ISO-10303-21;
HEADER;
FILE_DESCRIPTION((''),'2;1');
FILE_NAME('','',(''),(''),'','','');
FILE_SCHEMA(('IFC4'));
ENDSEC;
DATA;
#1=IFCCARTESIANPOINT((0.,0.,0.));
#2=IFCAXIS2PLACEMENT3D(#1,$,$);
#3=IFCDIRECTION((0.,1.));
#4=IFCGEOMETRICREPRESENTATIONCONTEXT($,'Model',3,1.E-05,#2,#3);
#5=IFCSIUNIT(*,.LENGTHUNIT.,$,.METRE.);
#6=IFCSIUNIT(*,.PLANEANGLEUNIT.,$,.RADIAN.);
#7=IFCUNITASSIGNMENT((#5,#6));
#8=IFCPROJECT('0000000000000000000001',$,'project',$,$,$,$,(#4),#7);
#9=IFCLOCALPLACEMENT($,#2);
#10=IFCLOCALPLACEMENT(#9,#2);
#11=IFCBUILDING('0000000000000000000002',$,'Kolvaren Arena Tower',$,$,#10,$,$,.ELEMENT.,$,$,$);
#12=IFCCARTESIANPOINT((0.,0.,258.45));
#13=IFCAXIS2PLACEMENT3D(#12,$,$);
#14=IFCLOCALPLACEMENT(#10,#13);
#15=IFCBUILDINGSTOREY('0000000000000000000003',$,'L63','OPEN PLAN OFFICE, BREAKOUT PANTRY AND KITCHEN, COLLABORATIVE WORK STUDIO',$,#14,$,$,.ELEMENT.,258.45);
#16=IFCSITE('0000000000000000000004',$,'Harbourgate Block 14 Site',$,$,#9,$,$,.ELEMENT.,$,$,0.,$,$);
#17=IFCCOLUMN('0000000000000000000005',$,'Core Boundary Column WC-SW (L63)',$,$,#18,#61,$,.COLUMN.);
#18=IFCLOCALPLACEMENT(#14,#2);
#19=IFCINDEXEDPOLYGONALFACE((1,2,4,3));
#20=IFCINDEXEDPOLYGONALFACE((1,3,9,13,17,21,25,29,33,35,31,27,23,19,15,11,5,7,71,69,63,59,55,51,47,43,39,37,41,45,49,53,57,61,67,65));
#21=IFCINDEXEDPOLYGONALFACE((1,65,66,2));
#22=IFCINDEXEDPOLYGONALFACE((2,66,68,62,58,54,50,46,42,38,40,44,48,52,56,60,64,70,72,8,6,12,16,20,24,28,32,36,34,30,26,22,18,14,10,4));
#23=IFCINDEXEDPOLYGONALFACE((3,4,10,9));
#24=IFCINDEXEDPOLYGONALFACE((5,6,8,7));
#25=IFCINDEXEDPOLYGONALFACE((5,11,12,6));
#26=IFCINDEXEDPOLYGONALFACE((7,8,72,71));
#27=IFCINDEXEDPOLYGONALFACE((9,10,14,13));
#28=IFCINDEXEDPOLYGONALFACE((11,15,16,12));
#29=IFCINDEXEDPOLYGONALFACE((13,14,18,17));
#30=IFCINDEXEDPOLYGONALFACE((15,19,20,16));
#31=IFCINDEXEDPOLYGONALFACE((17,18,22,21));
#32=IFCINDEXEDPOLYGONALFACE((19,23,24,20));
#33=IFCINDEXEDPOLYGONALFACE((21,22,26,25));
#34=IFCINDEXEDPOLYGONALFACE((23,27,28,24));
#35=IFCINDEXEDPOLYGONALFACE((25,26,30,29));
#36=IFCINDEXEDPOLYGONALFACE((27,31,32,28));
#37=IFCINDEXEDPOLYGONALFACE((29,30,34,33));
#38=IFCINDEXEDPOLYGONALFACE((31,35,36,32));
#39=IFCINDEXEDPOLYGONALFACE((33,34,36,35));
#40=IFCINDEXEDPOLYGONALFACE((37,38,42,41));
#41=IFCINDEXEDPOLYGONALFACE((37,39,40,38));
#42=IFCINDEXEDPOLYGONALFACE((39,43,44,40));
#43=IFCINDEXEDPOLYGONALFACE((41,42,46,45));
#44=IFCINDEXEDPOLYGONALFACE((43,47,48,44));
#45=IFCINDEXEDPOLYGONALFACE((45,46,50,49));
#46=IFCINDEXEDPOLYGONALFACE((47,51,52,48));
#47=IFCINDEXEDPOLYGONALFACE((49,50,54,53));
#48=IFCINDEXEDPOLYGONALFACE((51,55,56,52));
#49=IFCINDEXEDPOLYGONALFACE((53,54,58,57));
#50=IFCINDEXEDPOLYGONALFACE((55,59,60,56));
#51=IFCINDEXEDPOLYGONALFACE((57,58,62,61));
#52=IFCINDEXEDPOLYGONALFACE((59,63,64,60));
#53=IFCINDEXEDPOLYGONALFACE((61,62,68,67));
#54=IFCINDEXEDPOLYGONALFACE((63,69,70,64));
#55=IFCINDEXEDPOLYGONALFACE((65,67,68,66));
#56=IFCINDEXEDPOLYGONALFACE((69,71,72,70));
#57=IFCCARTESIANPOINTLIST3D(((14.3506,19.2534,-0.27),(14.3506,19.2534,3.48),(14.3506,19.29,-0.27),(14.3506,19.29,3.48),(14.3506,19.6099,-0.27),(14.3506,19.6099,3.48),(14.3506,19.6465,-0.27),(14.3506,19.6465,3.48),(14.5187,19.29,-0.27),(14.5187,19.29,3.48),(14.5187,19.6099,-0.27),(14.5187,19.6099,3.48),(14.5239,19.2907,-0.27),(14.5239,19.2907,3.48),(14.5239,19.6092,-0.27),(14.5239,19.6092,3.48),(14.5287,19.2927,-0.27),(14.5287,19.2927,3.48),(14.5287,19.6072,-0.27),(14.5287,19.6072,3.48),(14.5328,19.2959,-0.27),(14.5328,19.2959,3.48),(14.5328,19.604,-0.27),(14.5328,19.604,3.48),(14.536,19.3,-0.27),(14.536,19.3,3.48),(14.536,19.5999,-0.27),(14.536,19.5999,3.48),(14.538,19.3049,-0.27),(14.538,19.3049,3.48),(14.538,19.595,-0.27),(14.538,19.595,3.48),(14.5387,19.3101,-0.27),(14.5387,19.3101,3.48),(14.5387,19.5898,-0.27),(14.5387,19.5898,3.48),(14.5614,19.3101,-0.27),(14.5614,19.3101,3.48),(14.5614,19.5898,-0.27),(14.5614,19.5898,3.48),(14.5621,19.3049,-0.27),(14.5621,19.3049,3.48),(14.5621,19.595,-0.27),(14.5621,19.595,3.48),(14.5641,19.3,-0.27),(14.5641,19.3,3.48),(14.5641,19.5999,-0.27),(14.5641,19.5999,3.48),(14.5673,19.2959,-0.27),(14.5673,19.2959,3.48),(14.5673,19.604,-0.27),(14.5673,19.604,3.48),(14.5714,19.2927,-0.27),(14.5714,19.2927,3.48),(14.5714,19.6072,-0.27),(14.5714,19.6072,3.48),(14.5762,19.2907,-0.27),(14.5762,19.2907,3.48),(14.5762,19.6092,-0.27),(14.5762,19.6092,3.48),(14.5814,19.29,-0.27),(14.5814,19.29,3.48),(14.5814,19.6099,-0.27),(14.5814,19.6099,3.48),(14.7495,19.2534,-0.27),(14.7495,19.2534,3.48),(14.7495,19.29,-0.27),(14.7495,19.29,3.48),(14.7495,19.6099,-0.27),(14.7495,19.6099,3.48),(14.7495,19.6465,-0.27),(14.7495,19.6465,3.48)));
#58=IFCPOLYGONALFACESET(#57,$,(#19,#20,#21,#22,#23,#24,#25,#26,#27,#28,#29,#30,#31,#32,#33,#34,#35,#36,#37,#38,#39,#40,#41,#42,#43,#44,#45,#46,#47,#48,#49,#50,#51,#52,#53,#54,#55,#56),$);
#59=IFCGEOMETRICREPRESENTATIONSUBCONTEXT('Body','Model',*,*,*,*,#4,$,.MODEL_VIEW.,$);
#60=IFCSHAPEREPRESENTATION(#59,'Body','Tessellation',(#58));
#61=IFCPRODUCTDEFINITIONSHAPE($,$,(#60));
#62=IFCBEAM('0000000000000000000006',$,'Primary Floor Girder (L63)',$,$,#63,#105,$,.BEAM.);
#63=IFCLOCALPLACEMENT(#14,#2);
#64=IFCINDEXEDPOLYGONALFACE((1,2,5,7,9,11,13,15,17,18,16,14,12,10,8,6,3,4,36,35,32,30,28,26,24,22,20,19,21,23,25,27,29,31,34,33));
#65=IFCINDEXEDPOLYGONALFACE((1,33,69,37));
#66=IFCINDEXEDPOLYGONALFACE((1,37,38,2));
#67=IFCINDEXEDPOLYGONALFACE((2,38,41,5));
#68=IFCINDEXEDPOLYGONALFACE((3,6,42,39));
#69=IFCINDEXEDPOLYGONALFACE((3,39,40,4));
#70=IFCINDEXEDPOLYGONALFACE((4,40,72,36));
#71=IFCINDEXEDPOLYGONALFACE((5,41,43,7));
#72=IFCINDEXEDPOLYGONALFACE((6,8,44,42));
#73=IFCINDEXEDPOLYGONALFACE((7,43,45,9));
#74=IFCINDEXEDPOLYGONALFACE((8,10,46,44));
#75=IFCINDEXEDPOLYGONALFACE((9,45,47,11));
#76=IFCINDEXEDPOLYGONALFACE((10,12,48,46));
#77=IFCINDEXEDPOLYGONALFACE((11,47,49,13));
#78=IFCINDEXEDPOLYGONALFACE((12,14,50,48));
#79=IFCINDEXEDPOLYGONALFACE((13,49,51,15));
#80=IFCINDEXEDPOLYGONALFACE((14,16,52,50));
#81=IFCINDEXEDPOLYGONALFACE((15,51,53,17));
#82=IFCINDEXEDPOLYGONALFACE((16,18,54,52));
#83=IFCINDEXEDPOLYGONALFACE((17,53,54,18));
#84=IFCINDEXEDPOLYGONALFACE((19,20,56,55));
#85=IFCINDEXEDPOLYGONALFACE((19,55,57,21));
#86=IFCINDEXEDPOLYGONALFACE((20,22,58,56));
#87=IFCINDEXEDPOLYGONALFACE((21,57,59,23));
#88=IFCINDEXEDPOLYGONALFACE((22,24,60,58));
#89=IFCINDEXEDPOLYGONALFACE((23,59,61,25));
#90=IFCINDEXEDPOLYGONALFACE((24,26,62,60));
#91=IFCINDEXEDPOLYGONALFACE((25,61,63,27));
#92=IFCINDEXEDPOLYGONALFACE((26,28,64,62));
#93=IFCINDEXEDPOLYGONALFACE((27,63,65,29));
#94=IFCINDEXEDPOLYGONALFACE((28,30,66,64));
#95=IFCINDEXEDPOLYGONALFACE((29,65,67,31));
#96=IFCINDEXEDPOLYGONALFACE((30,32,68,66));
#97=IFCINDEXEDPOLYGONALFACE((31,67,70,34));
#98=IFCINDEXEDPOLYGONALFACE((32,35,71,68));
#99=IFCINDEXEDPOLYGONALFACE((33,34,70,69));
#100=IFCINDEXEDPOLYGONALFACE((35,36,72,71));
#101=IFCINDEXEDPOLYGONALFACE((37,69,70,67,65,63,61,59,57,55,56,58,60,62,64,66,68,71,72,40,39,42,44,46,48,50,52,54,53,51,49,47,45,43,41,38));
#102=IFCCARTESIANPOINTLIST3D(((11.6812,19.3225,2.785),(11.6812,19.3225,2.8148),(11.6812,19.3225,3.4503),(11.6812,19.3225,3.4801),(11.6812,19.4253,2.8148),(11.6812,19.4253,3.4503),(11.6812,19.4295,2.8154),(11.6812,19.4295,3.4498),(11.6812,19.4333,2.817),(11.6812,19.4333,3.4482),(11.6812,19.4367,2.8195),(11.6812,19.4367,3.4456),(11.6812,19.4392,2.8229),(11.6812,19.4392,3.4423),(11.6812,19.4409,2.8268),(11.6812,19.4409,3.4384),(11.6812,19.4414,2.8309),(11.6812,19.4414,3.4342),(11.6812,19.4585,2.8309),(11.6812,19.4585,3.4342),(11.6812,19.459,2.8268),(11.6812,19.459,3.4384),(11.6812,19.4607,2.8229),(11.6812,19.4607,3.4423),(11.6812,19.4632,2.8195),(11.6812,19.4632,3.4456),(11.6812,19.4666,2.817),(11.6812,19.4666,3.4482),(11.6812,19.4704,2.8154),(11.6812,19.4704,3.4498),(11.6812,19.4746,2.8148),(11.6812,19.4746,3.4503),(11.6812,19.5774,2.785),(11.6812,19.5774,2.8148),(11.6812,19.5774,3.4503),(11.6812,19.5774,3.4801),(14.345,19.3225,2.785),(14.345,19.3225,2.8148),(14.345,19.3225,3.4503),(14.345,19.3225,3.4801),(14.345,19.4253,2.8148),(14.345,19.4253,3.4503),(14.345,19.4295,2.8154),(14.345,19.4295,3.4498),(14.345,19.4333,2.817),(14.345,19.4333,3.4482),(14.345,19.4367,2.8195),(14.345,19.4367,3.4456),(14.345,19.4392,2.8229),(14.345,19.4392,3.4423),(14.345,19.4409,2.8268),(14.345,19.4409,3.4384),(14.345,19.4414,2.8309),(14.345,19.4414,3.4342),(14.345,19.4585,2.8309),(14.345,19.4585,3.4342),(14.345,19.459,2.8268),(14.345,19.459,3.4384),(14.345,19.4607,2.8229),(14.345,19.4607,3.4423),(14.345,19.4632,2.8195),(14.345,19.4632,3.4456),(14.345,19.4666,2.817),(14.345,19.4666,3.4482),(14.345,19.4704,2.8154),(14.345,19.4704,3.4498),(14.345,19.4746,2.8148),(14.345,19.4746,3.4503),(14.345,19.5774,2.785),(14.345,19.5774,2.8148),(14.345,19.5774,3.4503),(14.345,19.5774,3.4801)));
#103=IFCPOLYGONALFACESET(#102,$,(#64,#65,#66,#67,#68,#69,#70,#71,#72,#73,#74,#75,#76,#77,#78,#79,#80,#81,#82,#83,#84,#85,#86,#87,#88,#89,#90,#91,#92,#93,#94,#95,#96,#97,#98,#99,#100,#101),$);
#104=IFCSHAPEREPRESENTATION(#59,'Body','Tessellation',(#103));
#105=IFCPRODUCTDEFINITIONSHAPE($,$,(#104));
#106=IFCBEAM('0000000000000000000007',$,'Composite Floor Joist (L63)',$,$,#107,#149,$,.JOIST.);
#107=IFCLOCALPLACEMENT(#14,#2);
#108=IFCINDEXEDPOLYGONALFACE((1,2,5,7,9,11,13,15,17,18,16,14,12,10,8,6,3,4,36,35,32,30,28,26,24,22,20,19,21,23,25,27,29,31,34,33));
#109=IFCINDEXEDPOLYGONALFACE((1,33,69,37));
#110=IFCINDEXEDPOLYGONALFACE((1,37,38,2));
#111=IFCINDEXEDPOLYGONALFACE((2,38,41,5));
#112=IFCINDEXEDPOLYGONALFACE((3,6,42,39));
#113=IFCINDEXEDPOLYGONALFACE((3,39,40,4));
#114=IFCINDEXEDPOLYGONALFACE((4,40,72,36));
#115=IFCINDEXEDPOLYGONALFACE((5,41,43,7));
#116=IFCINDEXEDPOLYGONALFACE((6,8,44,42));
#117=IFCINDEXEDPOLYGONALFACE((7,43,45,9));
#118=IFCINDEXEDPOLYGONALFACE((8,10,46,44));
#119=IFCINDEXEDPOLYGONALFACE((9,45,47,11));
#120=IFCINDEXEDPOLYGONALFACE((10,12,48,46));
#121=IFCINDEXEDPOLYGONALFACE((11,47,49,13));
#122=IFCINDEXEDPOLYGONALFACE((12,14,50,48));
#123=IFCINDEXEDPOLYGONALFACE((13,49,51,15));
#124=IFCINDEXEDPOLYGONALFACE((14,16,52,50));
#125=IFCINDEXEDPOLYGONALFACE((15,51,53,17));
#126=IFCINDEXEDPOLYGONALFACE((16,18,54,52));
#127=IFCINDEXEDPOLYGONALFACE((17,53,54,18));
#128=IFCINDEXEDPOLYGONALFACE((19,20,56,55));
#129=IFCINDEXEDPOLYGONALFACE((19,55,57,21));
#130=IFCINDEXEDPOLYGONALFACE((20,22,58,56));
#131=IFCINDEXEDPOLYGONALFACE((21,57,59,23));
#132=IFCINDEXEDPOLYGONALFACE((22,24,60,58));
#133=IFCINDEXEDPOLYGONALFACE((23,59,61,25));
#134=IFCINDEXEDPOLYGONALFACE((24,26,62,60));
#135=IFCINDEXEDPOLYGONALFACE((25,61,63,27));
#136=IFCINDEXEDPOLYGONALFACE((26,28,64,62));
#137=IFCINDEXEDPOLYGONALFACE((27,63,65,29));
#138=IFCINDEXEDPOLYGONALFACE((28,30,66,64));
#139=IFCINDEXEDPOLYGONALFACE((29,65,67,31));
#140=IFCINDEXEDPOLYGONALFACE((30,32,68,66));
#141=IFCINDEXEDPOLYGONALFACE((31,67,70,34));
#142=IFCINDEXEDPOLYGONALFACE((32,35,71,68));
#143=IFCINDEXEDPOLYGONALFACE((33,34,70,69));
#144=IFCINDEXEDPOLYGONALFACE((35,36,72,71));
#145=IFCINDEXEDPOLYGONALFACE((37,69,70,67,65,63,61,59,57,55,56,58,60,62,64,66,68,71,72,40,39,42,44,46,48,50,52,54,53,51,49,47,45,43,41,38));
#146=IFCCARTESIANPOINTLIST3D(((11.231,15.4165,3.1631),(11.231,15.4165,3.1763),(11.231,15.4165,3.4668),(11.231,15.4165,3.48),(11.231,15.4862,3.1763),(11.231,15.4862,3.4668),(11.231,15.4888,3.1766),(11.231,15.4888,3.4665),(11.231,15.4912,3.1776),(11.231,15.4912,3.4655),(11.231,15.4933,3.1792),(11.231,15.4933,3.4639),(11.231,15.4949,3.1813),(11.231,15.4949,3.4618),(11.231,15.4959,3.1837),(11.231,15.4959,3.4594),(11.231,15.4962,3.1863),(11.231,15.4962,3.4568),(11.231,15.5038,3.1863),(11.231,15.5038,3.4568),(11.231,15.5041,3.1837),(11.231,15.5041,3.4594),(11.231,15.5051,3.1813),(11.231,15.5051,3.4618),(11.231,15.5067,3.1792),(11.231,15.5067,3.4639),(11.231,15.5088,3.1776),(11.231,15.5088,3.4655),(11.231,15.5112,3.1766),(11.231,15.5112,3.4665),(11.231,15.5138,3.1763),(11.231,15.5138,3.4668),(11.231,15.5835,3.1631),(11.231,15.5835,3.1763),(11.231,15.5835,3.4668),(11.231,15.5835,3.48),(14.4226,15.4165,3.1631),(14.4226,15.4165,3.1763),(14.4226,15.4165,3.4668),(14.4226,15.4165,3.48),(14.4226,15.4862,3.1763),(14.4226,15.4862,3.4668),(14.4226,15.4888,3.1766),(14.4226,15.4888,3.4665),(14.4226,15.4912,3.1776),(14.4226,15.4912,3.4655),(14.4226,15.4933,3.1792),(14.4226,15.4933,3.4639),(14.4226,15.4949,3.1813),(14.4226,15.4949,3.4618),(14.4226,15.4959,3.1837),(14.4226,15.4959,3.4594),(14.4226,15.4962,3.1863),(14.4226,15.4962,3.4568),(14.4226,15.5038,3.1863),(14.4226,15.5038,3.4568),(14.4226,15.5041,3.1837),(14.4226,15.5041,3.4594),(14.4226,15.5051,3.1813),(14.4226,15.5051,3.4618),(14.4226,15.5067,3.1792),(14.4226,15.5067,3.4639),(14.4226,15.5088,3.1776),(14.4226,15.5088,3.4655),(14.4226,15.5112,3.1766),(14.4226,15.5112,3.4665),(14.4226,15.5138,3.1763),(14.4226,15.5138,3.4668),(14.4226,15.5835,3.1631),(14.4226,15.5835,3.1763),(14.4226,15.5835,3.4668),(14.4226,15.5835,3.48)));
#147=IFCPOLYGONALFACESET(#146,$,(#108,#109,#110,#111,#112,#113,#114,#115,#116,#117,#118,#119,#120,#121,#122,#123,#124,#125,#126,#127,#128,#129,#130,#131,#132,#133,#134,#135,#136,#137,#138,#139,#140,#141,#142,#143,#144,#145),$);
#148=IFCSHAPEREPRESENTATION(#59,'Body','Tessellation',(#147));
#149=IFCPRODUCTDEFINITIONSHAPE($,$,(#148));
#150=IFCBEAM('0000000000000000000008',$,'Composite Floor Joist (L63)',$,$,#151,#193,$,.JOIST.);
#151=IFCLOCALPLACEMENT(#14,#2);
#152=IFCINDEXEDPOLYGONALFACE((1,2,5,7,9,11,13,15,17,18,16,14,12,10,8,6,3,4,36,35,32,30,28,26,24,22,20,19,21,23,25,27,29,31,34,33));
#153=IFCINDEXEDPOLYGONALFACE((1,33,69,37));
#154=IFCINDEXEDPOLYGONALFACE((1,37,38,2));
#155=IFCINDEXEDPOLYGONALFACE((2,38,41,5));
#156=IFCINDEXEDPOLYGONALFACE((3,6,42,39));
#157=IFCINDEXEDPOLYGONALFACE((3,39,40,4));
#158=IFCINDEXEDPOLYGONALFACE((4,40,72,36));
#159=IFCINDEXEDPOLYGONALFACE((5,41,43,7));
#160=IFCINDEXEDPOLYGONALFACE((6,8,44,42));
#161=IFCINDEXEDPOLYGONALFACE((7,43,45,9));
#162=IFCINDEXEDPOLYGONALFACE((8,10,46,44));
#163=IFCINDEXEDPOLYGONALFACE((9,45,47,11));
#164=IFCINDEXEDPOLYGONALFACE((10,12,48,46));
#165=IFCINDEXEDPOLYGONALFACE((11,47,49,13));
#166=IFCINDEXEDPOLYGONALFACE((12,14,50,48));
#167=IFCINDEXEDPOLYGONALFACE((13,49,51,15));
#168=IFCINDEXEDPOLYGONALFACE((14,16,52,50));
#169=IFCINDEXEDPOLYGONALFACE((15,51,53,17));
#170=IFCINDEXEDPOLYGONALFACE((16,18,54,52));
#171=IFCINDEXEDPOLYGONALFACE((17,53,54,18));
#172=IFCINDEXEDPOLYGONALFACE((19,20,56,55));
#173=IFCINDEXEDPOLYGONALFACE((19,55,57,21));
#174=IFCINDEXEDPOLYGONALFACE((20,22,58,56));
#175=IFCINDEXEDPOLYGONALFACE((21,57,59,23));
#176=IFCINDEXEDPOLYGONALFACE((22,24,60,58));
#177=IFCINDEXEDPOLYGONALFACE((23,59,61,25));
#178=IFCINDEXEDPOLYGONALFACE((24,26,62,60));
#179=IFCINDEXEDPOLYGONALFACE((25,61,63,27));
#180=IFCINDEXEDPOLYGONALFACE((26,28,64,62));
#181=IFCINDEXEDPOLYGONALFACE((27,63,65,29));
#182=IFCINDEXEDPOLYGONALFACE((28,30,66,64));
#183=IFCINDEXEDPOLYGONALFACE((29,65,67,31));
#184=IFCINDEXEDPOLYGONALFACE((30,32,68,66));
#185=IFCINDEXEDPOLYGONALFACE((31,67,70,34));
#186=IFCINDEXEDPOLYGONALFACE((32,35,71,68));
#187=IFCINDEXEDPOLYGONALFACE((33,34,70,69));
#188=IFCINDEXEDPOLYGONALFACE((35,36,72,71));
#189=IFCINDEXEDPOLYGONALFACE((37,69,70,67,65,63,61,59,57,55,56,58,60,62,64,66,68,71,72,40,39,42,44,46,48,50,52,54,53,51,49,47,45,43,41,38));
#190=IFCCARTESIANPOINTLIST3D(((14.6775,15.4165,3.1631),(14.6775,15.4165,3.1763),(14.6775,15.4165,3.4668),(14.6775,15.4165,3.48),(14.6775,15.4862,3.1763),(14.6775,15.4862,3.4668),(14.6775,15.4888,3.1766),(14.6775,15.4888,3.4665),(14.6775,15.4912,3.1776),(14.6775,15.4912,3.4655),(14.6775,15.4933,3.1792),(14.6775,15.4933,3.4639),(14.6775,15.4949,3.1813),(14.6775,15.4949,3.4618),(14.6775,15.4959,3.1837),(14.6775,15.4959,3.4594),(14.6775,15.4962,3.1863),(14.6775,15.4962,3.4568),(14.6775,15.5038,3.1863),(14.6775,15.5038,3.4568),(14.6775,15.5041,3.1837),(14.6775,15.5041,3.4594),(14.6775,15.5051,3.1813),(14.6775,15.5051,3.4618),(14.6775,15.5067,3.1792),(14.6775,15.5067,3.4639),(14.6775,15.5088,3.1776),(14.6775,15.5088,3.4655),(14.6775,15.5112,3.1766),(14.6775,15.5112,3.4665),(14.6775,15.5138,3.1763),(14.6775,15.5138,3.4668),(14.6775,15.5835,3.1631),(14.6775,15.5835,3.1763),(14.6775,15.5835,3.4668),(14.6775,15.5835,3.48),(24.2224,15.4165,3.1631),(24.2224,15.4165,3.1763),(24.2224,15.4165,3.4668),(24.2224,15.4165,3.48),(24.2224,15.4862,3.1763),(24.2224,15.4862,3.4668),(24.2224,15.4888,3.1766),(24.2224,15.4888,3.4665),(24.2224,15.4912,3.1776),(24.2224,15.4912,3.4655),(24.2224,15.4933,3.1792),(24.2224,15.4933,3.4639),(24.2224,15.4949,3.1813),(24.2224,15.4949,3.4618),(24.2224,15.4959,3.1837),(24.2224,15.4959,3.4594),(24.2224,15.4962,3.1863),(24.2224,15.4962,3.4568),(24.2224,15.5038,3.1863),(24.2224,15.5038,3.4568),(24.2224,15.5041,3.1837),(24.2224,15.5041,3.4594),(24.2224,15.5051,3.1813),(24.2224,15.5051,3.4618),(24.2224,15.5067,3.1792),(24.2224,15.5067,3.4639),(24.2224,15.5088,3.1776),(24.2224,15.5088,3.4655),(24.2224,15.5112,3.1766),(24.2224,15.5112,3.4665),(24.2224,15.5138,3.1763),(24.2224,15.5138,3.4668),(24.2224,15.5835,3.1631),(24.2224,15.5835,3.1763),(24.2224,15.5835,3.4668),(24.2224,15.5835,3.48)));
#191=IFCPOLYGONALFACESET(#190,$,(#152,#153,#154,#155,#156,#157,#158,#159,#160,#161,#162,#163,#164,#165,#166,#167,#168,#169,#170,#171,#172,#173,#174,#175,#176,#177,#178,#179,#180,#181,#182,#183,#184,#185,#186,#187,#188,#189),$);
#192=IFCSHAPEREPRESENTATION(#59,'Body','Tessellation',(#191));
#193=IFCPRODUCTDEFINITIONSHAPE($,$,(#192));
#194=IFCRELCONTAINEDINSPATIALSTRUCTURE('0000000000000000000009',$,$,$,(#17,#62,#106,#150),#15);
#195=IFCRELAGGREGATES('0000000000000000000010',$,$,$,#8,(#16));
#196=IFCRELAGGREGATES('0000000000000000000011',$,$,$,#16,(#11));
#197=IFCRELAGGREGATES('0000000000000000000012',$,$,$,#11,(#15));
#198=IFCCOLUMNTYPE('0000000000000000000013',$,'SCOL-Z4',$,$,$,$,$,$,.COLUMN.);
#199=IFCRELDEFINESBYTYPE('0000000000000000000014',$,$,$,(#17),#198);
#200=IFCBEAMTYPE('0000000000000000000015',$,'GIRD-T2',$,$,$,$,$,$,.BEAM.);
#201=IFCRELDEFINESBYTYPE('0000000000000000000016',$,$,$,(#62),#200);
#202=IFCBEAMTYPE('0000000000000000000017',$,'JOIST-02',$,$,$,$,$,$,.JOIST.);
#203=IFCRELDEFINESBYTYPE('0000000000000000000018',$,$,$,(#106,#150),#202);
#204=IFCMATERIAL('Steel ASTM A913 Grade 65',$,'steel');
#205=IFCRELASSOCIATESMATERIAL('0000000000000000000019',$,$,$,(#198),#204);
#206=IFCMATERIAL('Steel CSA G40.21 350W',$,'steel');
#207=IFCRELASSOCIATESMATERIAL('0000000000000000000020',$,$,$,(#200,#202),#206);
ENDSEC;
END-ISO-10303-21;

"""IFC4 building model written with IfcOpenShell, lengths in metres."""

from ifc_helpers import new_model, si_unit, direction, frame, origin, origin_2d, place, context, subcontext, project, spatial, i_section, extrude, material, material_profile, profile_set, type_object, element, save


model = new_model("IFC4")

# Units and contexts
model_context = context("Model", 3, precision=1e-05, world=origin(), true_north=direction((0.0, 1.0)))
body_context = subcontext(model_context, "Body", "Model", "MODEL_VIEW")
ifc_project = project(units=[si_unit("LENGTHUNIT", "METRE"), si_unit("PLANEANGLEUNIT", "RADIAN")], contexts=[model_context])

# Site, building, storey
site_placement = place(None, origin())
site = spatial("IfcSite", under=ifc_project, at=site_placement, Name="Harbourgate Block 14 Site", CompositionType="ELEMENT", RefElevation=0.0)
building_placement = place(site_placement, origin())
building = spatial("IfcBuilding", under=site, at=building_placement, Name="Kolvaren Arena Tower", CompositionType="ELEMENT")
storey_placement = place(building_placement, frame((0.0, 0.0, 258.45)))
storey = spatial("IfcBuildingStorey", under=building, at=storey_placement, Name="L63", Description="OPEN PLAN OFFICE, BREAKOUT PANTRY AND KITCHEN, COLLABORATIVE WORK STUDIO", CompositionType="ELEMENT", Elevation=258.45)

# Column
ifc_material_1 = material(Name="Steel ASTM A913 Grade 65", Category="steel")
ifc_material_profile_1 = material_profile(ifc_material_1, i_section(OverallWidth=0.3989, OverallDepth=0.3931, WebThickness=0.0227, FlangeThickness=0.0366, FilletRadius=0.02, at=origin_2d()), Name="W360x287")
ifc_profile_set_1 = profile_set([ifc_material_profile_1], Name="Steel ASTM A913 Grade 65")
column_type = type_object("IfcColumnType", Name="SCOL-Z4", PredefinedType="COLUMN", material=ifc_profile_set_1)
column_placement = place(storey_placement, frame((14.55, 19.45, -0.27), z_axis=(0.0, 0.0, 1.0), x_axis=(1.0, 0.0, 0.0)))
element("IfcColumn", 1, at=column_placement, inside=storey, type_object=column_type, Name="Core Boundary Column WC-SW (L63)", PredefinedType="COLUMN", context=body_context, shape_type="SweptSolid", body=[
    extrude(i_section(OverallWidth=0.3989, OverallDepth=0.3931, WebThickness=0.0227, FlangeThickness=0.0366, FilletRadius=0.02, at=origin_2d()), origin(), (0.0, 0.0, 1.0), 3.75),
])

# Beams
ifc_material_2 = material(Name="Steel CSA G40.21 350W", Category="steel")
ifc_material_profile_2 = material_profile(ifc_material_2, i_section(OverallWidth=0.2549, OverallDepth=0.6951, WebThickness=0.0171, FlangeThickness=0.0298, FilletRadius=0.0161, at=origin_2d()), Name="W690x217")
ifc_profile_set_2 = profile_set([ifc_material_profile_2], Name="Steel CSA G40.21 350W")
beam_type_1 = type_object("IfcBeamType", Name="GIRD-T2", PredefinedType="BEAM", material=ifc_profile_set_2)
beam_1_placement = place(storey_placement, frame((11.6812, 19.45, 3.1326), z_axis=(1.0, 0.0, 0.0), x_axis=(0.0, 1.0, 0.0)))
element("IfcBeam", 2, at=beam_1_placement, inside=storey, type_object=beam_type_1, Name="Primary Floor Girder (L63)", PredefinedType="BEAM", context=body_context, shape_type="SweptSolid", body=[
    extrude(i_section(OverallWidth=0.2549, OverallDepth=0.6951, WebThickness=0.0171, FlangeThickness=0.0298, FilletRadius=0.0161, at=origin_2d()), origin(), (0.0, 0.0, 1.0), 2.6638),
])
ifc_material_profile_3 = material_profile(ifc_material_2, i_section(OverallWidth=0.167, OverallDepth=0.3169, WebThickness=0.0076, FlangeThickness=0.0132, FilletRadius=0.01, at=origin_2d()), Name="W310x52")
ifc_profile_set_3 = profile_set([ifc_material_profile_3], Name="Steel CSA G40.21 350W")
beam_type_2 = type_object("IfcBeamType", Name="JOIST-02", PredefinedType="JOIST", material=ifc_profile_set_3)
beam_2_placement = place(storey_placement, frame((11.231, 15.5, 3.3215), z_axis=(1.0, 0.0, 0.0), x_axis=(0.0, 1.0, 0.0)))
element("IfcBeam", 3, at=beam_2_placement, inside=storey, type_object=beam_type_2, Name="Composite Floor Joist (L63)", PredefinedType="JOIST", context=body_context, shape_type="SweptSolid", body=[
    extrude(i_section(OverallWidth=0.167, OverallDepth=0.3169, WebThickness=0.0076, FlangeThickness=0.0132, FilletRadius=0.01, at=origin_2d()), origin(), (0.0, 0.0, 1.0), 3.1917),
])
beam_3_placement = place(storey_placement, frame((14.6775, 15.5, 3.3215), z_axis=(1.0, 0.0, 0.0), x_axis=(0.0, 1.0, 0.0)))
element("IfcBeam", 4, at=beam_3_placement, inside=storey, type_object=beam_type_2, Name="Composite Floor Joist (L63)", PredefinedType="JOIST", context=body_context, shape_type="SweptSolid", body=[
    extrude(i_section(OverallWidth=0.167, OverallDepth=0.3169, WebThickness=0.0076, FlangeThickness=0.0132, FilletRadius=0.01, at=origin_2d()), origin(), (0.0, 0.0, 1.0), 9.5449),
])

save(model, "model.ifc")
